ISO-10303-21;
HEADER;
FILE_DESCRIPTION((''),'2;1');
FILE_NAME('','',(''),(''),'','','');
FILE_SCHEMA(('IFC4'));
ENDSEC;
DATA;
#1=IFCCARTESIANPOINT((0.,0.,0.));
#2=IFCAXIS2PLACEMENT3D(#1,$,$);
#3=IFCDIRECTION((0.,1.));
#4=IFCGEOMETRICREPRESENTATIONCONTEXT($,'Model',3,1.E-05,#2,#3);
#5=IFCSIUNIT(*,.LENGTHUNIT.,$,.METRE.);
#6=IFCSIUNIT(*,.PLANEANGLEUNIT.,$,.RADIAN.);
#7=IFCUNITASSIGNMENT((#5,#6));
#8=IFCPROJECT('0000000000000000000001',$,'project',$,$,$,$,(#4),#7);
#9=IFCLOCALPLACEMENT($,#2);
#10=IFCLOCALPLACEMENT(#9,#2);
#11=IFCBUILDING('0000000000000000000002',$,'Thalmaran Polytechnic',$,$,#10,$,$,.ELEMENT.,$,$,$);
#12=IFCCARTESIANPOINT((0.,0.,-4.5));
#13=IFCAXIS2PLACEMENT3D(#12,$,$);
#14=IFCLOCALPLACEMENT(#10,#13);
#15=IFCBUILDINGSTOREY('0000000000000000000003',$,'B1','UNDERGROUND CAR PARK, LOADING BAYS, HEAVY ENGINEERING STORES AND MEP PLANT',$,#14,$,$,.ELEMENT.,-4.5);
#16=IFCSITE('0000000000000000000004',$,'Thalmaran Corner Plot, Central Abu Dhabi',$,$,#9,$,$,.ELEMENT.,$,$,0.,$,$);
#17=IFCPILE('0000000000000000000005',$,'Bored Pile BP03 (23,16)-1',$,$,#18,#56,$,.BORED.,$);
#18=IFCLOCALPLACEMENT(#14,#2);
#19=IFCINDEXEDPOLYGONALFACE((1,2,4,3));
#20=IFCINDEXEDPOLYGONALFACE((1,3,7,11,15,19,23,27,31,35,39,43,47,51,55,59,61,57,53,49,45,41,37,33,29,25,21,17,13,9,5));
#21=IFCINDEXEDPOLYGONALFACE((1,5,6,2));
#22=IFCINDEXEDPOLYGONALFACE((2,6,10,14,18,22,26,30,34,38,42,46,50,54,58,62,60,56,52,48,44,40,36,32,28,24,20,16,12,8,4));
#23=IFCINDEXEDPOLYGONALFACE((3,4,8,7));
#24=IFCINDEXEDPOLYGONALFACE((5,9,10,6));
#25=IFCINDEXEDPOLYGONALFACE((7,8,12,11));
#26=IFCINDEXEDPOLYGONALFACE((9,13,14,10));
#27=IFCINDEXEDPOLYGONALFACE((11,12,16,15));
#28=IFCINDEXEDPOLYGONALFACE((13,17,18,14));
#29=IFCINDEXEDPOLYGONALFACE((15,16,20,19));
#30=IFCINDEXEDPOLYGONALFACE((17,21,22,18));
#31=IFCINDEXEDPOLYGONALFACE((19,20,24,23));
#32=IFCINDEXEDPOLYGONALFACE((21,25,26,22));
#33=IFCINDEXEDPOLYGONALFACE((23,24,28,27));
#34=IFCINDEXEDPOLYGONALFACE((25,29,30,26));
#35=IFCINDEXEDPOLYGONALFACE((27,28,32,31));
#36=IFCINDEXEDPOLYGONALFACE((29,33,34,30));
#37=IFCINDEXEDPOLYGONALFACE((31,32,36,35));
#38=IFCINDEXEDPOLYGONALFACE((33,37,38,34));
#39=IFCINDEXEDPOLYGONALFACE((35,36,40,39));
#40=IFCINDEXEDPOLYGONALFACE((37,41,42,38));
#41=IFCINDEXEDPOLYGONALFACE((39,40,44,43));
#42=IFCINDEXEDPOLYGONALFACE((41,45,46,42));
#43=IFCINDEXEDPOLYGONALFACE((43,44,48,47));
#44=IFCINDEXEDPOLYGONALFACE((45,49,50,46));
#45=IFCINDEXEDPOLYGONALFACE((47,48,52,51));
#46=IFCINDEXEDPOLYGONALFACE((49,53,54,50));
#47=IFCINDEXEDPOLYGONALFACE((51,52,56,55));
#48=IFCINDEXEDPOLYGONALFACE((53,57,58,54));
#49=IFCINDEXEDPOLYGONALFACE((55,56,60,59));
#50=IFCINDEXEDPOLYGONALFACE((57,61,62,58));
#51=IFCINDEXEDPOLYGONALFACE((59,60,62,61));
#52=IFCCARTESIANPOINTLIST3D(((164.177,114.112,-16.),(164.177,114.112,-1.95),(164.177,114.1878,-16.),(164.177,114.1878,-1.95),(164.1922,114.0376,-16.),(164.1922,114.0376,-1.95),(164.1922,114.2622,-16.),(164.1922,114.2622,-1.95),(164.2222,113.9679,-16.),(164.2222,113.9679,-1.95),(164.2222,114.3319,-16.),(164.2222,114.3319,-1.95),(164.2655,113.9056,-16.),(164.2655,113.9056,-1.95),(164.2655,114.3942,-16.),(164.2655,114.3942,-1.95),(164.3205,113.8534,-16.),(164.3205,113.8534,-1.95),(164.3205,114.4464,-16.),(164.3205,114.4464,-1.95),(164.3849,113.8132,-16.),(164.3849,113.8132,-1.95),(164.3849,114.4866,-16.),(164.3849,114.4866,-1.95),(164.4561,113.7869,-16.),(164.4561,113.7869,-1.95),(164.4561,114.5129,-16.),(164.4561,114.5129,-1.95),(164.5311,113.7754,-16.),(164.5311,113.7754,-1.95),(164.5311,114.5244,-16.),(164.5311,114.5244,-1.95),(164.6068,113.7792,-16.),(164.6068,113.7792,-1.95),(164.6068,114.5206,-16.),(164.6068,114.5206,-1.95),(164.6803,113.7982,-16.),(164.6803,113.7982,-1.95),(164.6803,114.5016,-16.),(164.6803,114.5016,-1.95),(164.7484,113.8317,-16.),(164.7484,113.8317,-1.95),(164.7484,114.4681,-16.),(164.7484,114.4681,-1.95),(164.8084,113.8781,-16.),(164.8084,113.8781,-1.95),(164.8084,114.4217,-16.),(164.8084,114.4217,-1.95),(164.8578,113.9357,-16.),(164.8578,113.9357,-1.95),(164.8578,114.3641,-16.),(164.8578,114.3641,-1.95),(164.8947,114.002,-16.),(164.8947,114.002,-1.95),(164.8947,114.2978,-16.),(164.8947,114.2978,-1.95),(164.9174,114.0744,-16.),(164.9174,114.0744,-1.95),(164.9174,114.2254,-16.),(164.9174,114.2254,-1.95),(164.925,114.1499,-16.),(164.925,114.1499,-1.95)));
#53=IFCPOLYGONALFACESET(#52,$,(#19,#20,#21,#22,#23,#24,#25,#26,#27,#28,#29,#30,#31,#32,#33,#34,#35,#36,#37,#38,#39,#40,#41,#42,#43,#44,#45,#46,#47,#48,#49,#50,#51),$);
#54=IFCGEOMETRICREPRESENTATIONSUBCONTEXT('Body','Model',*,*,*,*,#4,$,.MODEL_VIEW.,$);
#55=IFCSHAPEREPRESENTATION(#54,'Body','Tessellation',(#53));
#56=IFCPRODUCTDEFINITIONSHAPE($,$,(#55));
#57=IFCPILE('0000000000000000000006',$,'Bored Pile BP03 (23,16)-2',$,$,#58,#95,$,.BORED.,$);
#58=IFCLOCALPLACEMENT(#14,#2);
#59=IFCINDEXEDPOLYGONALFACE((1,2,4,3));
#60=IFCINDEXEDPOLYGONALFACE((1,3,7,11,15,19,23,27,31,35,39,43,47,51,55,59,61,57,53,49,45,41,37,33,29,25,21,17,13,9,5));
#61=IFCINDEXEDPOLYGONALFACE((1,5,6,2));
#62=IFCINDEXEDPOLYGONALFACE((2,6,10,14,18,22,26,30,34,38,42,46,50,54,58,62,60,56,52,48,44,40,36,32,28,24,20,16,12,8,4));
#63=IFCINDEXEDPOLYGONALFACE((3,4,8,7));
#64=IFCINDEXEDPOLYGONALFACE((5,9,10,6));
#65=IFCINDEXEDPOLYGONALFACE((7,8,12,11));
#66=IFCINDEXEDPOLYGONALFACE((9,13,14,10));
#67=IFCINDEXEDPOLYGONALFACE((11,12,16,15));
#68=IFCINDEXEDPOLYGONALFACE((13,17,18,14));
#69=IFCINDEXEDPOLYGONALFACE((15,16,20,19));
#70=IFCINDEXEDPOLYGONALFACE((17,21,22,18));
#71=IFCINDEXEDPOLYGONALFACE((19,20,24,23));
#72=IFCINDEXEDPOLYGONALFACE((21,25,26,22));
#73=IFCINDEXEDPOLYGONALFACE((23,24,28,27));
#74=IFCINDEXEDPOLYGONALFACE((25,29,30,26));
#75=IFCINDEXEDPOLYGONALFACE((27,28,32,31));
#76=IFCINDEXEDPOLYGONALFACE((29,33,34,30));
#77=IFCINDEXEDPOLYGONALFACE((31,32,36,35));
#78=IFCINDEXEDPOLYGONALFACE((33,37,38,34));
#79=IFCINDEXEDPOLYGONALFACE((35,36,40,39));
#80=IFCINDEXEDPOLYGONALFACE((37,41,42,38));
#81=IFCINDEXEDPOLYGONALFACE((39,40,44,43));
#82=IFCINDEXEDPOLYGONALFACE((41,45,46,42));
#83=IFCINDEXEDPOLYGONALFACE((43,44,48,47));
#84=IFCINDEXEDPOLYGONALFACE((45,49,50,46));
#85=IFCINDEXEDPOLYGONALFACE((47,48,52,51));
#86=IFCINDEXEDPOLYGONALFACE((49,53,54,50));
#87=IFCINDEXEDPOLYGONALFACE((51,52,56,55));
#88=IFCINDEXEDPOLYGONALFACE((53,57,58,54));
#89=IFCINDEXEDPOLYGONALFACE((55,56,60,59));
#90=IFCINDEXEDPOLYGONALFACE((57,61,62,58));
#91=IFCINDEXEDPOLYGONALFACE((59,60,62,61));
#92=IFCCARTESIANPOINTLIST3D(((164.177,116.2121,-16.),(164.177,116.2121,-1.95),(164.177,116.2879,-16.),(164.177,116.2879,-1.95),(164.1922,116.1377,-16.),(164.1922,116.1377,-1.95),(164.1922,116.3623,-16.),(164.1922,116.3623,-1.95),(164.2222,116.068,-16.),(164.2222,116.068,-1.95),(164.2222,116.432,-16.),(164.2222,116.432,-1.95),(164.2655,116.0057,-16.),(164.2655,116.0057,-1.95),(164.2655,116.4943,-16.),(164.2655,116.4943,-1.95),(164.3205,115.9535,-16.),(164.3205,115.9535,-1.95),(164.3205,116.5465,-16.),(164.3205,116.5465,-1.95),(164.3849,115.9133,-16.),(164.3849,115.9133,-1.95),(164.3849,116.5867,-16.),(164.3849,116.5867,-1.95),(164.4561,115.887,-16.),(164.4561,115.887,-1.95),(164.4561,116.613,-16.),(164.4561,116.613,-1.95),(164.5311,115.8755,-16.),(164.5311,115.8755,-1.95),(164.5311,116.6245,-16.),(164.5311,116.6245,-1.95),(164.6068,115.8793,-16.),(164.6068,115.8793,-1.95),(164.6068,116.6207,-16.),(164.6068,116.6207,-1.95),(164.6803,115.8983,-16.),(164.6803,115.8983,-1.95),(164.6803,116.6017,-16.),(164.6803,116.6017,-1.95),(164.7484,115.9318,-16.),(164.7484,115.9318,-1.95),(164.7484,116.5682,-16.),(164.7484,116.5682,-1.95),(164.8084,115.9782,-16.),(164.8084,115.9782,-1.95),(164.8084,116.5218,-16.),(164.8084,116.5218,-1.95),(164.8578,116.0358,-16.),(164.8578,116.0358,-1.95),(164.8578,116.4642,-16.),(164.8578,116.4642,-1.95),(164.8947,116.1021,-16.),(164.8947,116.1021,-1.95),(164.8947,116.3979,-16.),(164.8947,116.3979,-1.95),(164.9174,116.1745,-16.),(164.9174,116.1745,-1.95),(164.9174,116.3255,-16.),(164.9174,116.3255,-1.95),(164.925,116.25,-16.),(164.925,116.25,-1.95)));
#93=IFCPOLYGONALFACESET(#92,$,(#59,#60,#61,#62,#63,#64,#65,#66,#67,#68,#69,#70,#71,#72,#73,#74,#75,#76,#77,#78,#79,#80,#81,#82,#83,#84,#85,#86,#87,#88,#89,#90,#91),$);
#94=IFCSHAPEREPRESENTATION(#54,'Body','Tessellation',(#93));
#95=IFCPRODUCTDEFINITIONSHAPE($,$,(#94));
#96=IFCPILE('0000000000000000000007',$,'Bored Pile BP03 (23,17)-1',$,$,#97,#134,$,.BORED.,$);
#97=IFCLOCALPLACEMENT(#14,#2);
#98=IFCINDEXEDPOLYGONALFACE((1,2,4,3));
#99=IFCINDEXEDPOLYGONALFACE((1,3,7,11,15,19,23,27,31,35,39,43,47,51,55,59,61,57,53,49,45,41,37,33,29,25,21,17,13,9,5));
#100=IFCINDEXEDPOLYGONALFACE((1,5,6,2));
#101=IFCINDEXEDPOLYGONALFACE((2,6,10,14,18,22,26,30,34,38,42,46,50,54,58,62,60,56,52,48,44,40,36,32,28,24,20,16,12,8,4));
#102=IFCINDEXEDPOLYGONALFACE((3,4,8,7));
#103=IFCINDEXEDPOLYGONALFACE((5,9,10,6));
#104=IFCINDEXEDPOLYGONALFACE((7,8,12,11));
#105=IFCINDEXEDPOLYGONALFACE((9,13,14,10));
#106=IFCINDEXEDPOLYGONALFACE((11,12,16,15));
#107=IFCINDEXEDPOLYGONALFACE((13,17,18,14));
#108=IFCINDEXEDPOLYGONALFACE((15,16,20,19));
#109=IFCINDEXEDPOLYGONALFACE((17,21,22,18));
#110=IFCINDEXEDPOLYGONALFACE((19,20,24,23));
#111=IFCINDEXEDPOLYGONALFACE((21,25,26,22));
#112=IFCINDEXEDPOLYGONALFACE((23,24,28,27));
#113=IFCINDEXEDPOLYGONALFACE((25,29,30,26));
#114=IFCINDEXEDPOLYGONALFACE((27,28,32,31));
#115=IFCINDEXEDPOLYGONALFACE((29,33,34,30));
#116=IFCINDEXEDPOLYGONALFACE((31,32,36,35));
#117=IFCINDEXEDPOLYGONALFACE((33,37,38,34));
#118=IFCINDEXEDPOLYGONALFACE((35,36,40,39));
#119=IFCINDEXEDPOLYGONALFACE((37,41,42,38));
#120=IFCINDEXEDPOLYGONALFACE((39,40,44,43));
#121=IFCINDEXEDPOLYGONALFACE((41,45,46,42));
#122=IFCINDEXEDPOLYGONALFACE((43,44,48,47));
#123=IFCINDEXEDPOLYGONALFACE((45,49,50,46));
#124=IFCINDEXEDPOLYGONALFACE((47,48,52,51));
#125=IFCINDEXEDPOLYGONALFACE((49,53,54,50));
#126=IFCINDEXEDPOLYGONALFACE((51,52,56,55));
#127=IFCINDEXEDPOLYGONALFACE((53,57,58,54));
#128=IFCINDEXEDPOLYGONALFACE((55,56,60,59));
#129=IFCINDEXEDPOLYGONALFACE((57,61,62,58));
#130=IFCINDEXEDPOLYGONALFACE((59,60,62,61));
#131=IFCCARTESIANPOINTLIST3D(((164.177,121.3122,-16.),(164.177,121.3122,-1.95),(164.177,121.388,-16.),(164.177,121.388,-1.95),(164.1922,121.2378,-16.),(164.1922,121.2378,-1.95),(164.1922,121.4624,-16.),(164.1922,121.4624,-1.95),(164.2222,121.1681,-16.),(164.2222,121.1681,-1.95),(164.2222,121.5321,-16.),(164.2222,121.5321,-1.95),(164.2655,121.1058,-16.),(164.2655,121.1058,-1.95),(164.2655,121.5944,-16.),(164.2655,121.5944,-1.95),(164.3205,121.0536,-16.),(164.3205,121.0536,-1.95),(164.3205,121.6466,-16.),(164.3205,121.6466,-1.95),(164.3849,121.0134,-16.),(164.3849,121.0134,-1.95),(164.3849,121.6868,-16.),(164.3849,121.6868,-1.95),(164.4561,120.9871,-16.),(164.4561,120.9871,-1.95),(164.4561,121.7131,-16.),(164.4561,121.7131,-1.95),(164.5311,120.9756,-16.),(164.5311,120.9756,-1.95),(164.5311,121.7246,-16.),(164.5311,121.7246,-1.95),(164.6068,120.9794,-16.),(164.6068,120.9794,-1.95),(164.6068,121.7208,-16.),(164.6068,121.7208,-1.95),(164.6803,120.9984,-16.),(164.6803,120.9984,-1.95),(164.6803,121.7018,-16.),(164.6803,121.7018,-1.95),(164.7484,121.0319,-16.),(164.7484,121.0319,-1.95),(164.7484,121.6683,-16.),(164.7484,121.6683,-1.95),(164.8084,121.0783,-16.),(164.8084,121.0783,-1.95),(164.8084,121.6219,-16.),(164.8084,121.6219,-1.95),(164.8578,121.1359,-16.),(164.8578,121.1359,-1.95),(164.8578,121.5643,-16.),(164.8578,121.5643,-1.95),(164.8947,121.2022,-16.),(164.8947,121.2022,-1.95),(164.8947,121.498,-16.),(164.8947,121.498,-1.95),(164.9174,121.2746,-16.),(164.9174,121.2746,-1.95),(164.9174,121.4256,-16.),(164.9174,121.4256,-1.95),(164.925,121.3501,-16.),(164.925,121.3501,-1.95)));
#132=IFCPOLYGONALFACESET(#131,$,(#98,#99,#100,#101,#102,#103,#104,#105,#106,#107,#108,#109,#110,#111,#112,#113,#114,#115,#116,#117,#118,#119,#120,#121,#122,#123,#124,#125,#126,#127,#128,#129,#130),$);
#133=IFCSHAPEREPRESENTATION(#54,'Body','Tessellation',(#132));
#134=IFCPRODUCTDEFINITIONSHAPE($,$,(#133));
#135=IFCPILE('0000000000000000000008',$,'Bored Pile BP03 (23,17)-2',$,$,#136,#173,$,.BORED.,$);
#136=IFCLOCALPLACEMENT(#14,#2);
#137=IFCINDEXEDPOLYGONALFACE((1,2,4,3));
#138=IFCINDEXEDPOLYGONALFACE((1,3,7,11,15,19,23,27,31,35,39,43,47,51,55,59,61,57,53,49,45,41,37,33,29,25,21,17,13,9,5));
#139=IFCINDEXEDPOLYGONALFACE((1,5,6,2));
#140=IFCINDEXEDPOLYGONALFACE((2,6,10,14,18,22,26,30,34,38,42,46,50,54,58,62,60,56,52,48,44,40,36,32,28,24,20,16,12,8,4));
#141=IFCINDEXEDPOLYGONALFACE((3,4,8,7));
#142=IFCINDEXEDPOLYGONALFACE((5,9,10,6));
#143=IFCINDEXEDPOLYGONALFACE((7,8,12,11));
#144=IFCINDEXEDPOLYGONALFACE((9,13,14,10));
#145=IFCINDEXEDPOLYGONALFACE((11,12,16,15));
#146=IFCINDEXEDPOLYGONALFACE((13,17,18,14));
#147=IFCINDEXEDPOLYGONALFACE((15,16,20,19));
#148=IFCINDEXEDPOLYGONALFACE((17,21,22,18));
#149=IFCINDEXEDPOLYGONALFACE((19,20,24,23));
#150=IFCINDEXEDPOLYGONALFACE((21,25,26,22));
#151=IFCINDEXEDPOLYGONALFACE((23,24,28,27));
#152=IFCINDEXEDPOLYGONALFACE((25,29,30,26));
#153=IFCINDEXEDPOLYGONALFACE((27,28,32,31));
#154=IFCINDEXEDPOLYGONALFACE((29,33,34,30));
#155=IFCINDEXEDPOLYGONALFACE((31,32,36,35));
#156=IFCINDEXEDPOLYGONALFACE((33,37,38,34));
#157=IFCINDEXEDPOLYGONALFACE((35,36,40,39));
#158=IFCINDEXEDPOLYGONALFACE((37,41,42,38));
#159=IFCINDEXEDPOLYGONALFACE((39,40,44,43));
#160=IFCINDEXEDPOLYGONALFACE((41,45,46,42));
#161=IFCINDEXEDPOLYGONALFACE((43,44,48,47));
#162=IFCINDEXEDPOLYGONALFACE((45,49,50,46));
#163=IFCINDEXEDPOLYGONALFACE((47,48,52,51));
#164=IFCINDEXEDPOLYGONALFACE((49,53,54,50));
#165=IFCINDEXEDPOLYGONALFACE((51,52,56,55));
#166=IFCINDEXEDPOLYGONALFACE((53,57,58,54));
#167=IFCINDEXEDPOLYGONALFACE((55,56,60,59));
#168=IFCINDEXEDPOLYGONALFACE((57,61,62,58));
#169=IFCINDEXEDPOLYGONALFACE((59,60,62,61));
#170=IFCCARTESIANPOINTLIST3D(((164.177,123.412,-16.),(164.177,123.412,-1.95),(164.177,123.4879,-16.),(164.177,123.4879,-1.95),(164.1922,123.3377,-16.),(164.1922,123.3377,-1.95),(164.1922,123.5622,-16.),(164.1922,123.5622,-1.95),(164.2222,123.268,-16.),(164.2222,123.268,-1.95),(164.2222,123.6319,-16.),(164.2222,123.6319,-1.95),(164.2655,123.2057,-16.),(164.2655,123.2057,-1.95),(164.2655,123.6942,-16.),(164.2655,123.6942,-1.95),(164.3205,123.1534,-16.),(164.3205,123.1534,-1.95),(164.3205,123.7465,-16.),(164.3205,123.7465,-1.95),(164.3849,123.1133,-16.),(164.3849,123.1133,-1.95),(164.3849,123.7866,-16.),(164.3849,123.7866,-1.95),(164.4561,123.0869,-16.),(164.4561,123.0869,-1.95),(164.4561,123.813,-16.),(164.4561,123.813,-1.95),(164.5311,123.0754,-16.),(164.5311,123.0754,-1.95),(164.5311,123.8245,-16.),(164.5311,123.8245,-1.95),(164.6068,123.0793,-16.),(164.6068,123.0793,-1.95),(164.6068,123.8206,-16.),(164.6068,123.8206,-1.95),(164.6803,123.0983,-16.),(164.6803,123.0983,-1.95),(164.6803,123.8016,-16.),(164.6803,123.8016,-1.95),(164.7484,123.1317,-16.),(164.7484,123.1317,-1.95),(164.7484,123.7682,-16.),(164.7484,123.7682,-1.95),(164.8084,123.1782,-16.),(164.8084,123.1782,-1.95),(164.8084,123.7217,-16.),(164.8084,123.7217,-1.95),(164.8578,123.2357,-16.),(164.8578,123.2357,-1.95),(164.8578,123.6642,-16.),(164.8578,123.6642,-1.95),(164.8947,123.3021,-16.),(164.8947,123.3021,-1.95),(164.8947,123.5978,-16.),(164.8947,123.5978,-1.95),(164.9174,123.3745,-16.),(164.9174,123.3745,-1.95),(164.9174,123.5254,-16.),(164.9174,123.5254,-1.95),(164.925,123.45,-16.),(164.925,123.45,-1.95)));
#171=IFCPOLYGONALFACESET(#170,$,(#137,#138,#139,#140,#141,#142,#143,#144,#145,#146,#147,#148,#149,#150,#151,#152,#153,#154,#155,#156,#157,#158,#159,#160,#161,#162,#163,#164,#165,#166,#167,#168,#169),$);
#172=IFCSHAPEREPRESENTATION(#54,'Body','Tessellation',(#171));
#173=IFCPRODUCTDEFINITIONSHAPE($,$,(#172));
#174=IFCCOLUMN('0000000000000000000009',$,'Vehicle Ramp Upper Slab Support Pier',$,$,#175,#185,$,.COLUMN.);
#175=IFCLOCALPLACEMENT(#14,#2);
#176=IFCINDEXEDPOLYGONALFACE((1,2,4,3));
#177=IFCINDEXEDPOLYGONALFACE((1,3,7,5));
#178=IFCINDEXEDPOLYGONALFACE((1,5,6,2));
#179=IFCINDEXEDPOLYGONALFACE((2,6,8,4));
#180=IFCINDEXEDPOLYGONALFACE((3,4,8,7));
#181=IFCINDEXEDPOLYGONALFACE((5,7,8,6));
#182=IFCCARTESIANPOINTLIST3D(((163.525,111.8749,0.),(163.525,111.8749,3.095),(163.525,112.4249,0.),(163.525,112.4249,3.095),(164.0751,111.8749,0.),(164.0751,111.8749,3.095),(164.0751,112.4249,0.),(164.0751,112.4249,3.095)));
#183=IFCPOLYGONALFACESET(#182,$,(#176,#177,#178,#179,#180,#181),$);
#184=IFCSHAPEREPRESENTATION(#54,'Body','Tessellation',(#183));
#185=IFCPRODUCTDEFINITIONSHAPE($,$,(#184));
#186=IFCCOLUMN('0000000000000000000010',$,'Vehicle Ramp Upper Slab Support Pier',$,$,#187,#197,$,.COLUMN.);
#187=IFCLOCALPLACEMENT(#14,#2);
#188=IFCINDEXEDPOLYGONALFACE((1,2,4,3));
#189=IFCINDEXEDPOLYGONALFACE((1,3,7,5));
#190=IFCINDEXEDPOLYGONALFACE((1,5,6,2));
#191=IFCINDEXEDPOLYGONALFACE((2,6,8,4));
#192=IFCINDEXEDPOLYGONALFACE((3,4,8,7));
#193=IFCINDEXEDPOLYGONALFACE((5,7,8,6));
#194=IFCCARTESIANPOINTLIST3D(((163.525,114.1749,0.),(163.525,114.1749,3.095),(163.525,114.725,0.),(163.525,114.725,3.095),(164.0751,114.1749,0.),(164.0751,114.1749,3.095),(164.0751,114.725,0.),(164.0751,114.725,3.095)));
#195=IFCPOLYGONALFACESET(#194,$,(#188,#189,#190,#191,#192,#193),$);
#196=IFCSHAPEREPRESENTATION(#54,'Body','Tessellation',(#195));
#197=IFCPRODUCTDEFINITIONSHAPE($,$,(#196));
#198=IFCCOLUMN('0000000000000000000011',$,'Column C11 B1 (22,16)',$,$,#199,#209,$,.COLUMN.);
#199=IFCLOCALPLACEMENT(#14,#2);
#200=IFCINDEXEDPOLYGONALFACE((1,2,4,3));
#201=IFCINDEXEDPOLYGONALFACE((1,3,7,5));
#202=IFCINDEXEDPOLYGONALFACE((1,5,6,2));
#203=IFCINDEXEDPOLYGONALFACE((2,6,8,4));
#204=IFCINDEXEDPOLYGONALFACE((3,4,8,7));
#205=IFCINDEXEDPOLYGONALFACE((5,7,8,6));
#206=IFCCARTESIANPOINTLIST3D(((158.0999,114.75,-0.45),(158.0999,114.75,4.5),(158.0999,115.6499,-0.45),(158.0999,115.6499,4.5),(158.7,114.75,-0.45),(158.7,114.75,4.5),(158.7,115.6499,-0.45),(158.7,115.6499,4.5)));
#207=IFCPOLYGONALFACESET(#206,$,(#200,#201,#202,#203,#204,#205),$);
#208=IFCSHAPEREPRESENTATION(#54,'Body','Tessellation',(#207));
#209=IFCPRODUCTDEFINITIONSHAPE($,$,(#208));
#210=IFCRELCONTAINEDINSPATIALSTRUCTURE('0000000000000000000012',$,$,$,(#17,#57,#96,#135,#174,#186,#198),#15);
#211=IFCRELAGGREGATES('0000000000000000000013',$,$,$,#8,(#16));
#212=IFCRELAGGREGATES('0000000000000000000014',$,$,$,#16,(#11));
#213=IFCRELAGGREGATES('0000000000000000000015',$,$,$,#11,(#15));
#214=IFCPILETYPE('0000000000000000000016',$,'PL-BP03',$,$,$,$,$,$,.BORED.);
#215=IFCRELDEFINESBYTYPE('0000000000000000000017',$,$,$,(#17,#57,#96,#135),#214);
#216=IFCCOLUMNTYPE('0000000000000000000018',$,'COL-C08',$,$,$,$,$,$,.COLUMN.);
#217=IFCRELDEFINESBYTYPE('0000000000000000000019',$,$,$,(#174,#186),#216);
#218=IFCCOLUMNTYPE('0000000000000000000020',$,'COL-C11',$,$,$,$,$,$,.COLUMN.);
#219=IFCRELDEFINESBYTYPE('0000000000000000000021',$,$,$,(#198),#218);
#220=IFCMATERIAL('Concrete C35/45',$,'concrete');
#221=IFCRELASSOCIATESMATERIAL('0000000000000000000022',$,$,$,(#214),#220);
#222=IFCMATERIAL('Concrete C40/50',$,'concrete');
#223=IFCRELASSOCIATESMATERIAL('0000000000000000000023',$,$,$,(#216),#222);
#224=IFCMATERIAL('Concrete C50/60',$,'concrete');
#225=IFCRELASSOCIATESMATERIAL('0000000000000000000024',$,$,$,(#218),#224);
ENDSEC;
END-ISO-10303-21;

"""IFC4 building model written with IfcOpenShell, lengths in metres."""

from ifc_helpers import new_model, si_unit, direction, frame, origin, origin_2d, place, context, subcontext, project, spatial, rectangle, circle, extrude, material, material_profile, profile_set, type_object, element, save


model = new_model("IFC4")

# Units and contexts
model_context = context("Model", 3, precision=1e-05, world=origin(), true_north=direction((0.0, 1.0)))
body_context = subcontext(model_context, "Body", "Model", "MODEL_VIEW")
ifc_project = project(units=[si_unit("LENGTHUNIT", "METRE"), si_unit("PLANEANGLEUNIT", "RADIAN")], contexts=[model_context])

# Site, building, storey
site_placement = place(None, origin())
site = spatial("IfcSite", under=ifc_project, at=site_placement, Name="Thalmaran Corner Plot, Central Abu Dhabi", CompositionType="ELEMENT", RefElevation=0.0)
building_placement = place(site_placement, origin())
building = spatial("IfcBuilding", under=site, at=building_placement, Name="Thalmaran Polytechnic", CompositionType="ELEMENT")
storey_placement = place(building_placement, frame((0.0, 0.0, -4.5)))
storey = spatial("IfcBuildingStorey", under=building, at=storey_placement, Name="B1", Description="UNDERGROUND CAR PARK, LOADING BAYS, HEAVY ENGINEERING STORES AND MEP PLANT", CompositionType="ELEMENT", Elevation=-4.5)

# Shared definitions
ifc_material_1 = material(Name="Concrete C40/50", Category="concrete")

# Piles
ifc_material_2 = material(Name="Concrete C35/45", Category="concrete")
ifc_material_profile_1 = material_profile(ifc_material_2, circle(Radius=0.375, at=origin_2d()), Name="RC 750 DIA")
ifc_profile_set_1 = profile_set([ifc_material_profile_1], Name="Concrete C35/45")
pile_type = type_object("IfcPileType", Name="PL-BP03", PredefinedType="BORED", material=ifc_profile_set_1)
for number, where, z_axis, x_axis, name in (
    (1, (164.55, 114.1499, -1.95), (0.0, 0.0, -1.0), (1.0, 0.0, 0.0), "Bored Pile BP03 (23,16)-1"),
    (2, (164.55, 116.25, -1.95), (0.0, 0.0, -1.0), (1.0, 0.0, 0.0), "Bored Pile BP03 (23,16)-2"),
    (3, (164.55, 121.3501, -1.95), (0.0, 0.0, -1.0), (1.0, 0.0, 0.0), "Bored Pile BP03 (23,17)-1"),
    (4, (164.55, 123.45, -1.95), (0.0, 0.0, -1.0), (1.0, 0.0, 0.0), "Bored Pile BP03 (23,17)-2"),
):
    element("IfcPile", number, at=place(storey_placement, frame(where, z_axis=z_axis, x_axis=x_axis)), inside=storey, type_object=pile_type, Name=name, PredefinedType="BORED", context=body_context, shape_type="SweptSolid", body=[
        extrude(circle(Radius=0.375, at=origin_2d()), origin(), (0.0, 0.0, 1.0), 14.05),
    ])

# Columns
ifc_material_profile_2 = material_profile(ifc_material_1, rectangle(XDim=0.55, YDim=0.55, at=origin_2d()), Name="RC 550x550")
ifc_profile_set_2 = profile_set([ifc_material_profile_2], Name="Concrete C40/50")
column_type_1 = type_object("IfcColumnType", Name="COL-C08", PredefinedType="COLUMN", material=ifc_profile_set_2)
for number, where, z_axis, x_axis, name in (
    (5, (163.8, 112.1499, 0.0), (0.0, 0.0, 1.0), (1.0, 0.0, 0.0), "Vehicle Ramp Upper Slab Support Pier"),
    (6, (163.8, 114.45, 0.0), (0.0, 0.0, 1.0), (1.0, 0.0, 0.0), "Vehicle Ramp Upper Slab Support Pier"),
):
    element("IfcColumn", number, at=place(storey_placement, frame(where, z_axis=z_axis, x_axis=x_axis)), inside=storey, type_object=column_type_1, Name=name, PredefinedType="COLUMN", context=body_context, shape_type="SweptSolid", body=[
        extrude(rectangle(XDim=0.55, YDim=0.55, at=origin_2d()), origin(), (0.0, 0.0, 1.0), 3.095),
    ])
ifc_material_3 = material(Name="Concrete C50/60", Category="concrete")
ifc_material_profile_3 = material_profile(ifc_material_3, rectangle(XDim=0.6001, YDim=0.8999, at=origin_2d()), Name="RC 600x900")
ifc_profile_set_3 = profile_set([ifc_material_profile_3], Name="Concrete C50/60")
column_type_2 = type_object("IfcColumnType", Name="COL-C11", PredefinedType="COLUMN", material=ifc_profile_set_3)
column_1_placement = place(storey_placement, frame((158.3999, 115.2, -0.45), z_axis=(0.0, 0.0, 1.0), x_axis=(1.0, 0.0, 0.0)))
element("IfcColumn", 7, at=column_1_placement, inside=storey, type_object=column_type_2, Name="Column C11 B1 (22,16)", PredefinedType="COLUMN", context=body_context, shape_type="SweptSolid", body=[
    extrude(rectangle(XDim=0.6001, YDim=0.8999, at=origin_2d()), origin(), (0.0, 0.0, 1.0), 4.95),
])

save(model, "model.ifc")
